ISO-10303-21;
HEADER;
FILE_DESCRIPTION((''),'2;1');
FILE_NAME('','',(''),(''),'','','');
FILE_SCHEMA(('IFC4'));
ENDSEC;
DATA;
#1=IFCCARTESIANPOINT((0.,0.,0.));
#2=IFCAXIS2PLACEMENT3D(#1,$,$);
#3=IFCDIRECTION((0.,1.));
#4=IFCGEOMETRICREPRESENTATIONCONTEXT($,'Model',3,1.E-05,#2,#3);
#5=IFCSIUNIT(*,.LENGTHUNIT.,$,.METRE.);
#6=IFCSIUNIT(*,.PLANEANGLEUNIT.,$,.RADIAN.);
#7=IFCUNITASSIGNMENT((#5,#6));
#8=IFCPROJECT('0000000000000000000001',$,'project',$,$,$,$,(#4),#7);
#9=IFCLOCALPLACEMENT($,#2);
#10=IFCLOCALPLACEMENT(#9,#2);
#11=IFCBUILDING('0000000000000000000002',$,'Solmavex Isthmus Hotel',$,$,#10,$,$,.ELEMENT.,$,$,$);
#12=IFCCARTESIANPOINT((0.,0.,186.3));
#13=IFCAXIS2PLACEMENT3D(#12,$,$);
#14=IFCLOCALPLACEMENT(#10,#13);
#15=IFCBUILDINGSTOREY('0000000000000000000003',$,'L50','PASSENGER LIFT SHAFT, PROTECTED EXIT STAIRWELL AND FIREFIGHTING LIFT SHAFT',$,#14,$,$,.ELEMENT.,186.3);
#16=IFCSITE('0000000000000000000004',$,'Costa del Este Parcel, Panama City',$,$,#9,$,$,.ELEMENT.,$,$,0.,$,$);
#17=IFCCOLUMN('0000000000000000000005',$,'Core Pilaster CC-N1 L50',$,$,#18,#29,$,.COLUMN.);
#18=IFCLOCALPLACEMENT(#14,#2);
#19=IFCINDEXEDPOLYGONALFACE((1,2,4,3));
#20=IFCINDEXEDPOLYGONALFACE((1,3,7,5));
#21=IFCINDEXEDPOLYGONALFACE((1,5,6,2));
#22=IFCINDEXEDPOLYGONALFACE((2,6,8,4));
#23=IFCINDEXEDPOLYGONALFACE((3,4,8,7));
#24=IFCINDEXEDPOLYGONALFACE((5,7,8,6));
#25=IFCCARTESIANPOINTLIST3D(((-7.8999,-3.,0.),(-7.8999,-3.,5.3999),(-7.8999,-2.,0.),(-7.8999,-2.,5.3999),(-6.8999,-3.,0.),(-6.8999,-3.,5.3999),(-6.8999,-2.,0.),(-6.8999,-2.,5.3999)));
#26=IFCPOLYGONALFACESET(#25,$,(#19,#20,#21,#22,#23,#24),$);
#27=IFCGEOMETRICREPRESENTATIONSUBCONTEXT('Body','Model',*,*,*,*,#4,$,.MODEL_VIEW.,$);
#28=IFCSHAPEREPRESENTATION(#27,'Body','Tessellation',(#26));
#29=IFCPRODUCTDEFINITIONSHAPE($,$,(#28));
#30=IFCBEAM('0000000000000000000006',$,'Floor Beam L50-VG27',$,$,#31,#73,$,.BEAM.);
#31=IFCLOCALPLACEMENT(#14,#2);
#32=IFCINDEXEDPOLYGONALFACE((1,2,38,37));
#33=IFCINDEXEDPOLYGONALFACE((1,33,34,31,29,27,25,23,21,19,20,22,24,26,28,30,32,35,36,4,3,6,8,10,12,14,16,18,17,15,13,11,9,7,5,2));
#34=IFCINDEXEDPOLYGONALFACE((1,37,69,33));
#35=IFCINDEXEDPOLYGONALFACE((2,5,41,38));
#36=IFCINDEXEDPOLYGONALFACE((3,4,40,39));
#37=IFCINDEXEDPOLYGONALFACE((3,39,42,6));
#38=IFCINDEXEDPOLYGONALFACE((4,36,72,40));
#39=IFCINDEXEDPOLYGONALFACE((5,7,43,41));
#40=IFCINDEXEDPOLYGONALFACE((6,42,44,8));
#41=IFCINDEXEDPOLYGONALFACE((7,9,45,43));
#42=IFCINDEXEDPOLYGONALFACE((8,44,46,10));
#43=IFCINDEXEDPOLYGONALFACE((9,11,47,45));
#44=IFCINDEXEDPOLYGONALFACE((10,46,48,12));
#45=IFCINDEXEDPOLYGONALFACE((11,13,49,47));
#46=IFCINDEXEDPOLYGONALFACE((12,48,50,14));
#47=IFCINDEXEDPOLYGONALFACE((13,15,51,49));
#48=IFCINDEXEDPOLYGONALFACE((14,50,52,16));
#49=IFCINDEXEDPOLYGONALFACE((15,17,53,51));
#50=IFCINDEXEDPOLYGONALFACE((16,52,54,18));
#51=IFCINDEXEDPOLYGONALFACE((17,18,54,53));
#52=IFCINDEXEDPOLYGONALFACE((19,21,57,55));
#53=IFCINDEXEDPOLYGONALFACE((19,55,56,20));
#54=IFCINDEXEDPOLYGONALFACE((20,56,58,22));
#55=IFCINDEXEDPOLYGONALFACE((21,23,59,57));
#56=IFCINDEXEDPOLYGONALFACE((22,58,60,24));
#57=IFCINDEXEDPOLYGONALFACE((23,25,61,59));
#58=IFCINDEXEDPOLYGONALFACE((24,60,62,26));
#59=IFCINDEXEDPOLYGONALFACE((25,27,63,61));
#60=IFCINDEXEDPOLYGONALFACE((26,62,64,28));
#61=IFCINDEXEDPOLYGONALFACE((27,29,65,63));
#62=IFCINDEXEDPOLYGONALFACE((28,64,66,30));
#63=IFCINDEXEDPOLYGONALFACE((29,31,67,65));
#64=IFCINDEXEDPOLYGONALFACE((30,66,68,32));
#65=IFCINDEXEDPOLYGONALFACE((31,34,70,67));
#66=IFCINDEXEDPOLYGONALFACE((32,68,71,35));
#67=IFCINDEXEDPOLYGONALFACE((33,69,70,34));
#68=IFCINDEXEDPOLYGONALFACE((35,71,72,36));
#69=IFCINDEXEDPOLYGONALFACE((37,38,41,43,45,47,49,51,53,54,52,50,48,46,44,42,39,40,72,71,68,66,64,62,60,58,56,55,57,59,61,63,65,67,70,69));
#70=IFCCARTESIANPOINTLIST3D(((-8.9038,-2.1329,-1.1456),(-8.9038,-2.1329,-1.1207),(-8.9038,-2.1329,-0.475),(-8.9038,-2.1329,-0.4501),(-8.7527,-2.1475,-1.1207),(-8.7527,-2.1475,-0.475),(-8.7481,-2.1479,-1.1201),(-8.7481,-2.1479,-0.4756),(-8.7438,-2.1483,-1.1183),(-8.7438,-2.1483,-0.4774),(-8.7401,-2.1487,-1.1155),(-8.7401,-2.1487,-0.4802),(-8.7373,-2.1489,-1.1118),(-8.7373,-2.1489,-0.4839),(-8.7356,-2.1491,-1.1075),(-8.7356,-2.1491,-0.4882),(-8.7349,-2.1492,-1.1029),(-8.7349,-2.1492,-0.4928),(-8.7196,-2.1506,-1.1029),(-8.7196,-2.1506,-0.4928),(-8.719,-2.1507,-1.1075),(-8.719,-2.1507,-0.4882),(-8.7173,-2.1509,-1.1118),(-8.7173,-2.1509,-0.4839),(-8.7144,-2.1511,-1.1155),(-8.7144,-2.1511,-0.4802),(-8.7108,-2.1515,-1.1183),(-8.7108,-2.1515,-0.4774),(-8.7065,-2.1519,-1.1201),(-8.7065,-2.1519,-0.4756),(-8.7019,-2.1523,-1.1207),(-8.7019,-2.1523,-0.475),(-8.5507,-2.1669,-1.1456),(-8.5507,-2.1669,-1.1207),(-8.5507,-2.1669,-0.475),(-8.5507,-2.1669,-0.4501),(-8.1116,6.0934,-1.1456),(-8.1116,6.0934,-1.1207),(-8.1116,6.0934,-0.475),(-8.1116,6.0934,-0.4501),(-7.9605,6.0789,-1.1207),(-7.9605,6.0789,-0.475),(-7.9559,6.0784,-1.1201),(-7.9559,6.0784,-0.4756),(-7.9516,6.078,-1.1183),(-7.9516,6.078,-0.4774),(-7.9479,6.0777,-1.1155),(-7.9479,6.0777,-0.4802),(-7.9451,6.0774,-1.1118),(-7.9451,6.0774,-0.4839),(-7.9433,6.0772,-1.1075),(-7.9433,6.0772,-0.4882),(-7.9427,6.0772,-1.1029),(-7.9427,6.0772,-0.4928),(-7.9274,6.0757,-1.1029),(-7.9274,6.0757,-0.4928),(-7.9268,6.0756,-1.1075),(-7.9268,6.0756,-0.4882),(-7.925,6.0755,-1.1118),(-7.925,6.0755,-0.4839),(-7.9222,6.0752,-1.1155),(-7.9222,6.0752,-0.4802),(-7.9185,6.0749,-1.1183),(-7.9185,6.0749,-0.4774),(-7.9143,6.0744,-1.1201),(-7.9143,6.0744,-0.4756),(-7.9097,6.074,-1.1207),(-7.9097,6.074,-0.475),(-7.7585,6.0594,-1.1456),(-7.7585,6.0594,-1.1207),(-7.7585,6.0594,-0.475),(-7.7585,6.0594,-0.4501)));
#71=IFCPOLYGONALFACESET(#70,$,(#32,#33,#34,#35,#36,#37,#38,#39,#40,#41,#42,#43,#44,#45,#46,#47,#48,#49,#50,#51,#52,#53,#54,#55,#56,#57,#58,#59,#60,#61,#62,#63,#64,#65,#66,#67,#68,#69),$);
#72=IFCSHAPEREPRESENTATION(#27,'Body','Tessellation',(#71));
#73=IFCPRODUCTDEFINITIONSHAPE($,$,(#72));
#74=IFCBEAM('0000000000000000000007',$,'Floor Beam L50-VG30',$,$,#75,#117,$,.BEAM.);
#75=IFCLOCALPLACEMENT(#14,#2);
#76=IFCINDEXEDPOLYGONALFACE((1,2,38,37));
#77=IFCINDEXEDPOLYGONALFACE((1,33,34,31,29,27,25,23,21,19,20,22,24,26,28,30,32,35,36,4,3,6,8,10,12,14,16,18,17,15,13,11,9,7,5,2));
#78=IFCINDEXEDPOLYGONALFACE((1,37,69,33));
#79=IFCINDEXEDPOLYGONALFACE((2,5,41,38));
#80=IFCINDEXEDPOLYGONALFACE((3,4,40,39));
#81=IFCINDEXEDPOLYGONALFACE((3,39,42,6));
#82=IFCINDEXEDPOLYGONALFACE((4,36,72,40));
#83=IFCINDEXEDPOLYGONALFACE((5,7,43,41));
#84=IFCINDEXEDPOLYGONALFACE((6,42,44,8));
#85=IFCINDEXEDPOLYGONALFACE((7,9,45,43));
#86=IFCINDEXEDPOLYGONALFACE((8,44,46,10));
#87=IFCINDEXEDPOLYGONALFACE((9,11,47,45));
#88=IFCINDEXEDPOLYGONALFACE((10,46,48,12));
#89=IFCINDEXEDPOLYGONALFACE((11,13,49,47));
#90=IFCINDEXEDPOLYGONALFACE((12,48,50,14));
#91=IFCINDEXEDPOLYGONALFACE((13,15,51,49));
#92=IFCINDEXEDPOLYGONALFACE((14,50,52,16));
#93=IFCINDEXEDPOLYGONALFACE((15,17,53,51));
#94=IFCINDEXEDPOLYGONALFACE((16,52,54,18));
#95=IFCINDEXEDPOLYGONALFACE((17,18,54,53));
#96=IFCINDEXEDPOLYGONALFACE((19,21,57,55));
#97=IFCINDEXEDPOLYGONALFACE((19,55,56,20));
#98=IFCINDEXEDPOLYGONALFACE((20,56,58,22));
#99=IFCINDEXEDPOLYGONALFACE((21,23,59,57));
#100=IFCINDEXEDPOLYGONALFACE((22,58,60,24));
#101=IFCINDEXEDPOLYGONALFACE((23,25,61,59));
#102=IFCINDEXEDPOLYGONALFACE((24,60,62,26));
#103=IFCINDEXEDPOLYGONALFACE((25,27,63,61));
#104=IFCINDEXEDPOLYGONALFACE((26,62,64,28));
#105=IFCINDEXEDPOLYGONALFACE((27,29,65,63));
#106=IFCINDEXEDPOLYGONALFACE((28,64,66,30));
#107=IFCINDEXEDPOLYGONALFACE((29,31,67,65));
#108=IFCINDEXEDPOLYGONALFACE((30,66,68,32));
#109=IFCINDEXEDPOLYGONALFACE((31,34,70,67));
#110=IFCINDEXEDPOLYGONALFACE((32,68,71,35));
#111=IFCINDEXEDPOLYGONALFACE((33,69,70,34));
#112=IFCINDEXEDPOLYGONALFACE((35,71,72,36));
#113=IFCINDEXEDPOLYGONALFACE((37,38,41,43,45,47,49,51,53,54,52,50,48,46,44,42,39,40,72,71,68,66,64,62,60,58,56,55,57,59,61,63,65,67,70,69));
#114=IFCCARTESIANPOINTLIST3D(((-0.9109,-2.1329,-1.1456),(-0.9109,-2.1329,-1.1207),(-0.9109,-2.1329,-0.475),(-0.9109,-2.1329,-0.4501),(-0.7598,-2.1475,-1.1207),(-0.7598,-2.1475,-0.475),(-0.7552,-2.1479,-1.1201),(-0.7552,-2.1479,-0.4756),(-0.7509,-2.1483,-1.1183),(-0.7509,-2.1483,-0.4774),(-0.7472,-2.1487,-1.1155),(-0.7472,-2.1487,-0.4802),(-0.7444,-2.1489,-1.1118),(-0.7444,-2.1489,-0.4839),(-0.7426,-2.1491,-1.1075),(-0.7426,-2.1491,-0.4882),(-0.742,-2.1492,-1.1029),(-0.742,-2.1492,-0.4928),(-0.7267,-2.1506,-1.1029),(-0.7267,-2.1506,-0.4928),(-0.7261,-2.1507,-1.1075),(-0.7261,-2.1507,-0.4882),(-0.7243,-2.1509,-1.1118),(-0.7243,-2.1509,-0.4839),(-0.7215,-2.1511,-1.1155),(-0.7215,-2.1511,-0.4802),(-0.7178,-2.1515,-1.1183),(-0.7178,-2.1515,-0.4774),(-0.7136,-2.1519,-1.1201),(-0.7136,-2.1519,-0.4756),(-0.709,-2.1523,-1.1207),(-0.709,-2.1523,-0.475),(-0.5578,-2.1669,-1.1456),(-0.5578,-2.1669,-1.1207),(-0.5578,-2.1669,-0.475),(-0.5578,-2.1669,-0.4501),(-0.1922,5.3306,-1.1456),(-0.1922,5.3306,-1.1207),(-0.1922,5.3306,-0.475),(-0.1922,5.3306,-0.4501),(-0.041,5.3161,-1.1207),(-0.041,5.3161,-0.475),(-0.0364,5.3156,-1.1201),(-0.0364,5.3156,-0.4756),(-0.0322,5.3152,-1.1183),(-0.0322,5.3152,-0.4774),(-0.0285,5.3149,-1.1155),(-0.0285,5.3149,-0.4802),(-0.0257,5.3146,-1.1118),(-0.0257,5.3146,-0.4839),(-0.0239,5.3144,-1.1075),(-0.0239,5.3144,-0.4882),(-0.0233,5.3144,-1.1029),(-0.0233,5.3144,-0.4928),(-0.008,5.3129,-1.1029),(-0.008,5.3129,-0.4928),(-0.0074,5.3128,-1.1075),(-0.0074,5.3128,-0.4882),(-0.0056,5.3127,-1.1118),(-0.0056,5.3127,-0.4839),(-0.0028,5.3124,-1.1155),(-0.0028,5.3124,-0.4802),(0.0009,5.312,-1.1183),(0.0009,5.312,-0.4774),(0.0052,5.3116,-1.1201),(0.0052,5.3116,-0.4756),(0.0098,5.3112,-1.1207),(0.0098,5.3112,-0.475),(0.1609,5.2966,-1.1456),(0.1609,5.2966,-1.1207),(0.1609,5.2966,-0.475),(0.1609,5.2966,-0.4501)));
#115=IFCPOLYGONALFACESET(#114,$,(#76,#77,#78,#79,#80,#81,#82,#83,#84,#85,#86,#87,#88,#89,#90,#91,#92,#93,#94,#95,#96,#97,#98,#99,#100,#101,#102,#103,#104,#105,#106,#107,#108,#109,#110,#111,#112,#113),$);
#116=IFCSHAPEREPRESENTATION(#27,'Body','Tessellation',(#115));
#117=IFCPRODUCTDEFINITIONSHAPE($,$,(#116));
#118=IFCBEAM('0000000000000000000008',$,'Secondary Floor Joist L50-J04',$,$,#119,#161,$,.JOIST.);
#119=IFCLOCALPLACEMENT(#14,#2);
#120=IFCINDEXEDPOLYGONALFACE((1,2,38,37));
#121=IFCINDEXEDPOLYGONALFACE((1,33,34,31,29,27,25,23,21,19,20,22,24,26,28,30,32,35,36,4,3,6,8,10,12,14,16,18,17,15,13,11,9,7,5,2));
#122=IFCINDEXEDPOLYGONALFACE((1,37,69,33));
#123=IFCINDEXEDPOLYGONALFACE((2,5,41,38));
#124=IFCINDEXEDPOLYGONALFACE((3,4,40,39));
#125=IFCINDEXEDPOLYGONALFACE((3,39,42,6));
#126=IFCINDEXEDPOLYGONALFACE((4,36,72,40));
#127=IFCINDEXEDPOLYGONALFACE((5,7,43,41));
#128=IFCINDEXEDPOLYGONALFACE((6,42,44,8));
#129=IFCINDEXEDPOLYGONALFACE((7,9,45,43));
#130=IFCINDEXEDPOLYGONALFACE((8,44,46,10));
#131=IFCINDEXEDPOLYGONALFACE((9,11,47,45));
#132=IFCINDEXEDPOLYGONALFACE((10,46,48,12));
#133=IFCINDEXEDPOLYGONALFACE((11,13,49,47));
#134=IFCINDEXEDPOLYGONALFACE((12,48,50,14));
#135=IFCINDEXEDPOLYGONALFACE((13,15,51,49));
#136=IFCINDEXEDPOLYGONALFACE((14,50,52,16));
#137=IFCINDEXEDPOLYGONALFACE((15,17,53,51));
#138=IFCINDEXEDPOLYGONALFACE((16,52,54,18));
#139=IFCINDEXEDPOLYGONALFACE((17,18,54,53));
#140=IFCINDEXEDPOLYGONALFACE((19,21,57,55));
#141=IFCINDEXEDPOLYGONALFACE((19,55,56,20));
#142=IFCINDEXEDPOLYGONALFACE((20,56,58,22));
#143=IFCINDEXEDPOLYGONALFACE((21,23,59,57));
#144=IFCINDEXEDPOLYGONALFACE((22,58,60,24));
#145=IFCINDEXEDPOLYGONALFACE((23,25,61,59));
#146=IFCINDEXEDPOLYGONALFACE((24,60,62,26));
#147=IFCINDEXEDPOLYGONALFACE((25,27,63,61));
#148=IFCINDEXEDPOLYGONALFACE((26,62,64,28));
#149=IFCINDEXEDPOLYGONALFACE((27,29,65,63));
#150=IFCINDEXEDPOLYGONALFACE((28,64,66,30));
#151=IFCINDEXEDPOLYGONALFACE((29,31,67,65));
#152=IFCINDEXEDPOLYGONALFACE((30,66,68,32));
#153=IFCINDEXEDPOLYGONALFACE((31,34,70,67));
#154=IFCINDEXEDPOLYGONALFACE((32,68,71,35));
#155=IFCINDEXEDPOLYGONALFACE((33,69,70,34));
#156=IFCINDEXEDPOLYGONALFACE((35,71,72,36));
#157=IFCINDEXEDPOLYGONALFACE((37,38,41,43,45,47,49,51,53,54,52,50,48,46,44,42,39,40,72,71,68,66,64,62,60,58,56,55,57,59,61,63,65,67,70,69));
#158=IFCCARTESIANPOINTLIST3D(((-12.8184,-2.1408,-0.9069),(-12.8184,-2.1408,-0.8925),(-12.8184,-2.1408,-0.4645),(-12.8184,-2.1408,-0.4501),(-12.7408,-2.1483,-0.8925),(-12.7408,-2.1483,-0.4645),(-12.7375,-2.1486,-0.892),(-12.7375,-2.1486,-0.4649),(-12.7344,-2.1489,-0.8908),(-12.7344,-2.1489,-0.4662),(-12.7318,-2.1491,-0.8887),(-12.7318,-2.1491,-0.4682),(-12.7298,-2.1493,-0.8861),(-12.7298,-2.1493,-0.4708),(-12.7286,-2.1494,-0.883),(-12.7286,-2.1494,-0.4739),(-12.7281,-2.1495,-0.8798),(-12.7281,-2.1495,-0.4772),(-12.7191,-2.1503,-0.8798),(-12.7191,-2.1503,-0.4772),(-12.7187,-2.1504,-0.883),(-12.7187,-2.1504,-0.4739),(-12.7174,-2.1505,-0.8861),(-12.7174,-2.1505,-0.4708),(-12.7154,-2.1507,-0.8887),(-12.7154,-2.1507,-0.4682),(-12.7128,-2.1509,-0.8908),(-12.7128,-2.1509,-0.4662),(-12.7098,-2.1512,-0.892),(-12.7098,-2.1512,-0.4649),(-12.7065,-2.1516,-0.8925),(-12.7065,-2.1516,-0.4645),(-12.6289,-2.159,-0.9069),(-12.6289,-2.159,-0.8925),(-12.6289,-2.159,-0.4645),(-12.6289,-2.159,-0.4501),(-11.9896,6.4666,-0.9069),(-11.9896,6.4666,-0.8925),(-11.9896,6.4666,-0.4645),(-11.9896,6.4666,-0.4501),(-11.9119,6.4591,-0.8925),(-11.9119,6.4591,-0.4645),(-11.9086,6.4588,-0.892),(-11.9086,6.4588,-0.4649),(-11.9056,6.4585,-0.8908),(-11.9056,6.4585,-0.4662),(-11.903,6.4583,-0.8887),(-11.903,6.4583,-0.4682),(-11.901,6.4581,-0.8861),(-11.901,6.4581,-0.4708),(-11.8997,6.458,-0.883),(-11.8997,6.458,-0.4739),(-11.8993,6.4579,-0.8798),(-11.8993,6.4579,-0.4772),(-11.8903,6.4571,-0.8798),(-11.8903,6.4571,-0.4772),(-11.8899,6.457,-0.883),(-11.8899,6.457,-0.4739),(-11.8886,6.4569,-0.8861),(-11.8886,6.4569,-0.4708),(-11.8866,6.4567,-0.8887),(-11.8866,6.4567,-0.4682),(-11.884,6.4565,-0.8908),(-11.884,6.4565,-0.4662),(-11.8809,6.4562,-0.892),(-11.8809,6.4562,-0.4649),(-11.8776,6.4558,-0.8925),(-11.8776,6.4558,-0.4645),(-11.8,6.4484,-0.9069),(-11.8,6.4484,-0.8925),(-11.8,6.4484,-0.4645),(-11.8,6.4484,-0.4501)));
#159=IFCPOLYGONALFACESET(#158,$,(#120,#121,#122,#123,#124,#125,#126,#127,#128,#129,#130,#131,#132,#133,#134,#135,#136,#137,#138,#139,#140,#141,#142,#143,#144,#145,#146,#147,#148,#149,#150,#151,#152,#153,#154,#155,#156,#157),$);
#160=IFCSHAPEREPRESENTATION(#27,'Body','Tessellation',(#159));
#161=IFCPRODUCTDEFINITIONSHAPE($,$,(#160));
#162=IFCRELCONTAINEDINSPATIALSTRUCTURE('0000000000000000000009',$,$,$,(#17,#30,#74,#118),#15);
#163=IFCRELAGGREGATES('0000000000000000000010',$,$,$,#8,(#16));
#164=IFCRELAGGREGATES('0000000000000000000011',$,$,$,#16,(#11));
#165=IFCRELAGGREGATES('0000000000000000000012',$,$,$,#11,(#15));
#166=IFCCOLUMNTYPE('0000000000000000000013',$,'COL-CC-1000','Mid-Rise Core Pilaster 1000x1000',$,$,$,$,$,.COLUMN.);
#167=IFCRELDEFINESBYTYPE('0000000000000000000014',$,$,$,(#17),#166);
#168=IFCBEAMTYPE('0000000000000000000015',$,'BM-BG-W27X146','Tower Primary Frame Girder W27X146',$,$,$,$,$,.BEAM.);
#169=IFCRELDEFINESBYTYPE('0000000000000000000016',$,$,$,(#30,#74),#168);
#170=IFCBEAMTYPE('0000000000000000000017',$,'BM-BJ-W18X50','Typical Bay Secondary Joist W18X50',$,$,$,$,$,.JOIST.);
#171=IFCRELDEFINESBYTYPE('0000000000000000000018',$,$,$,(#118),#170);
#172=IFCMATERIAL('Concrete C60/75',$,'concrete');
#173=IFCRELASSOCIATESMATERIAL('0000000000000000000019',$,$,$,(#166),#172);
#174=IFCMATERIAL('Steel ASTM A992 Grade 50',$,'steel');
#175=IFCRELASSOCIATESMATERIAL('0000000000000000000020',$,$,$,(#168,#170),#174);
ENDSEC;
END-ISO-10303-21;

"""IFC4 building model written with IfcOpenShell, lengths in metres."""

from ifc_helpers import new_model, si_unit, direction, frame, origin, origin_2d, place, context, subcontext, project, spatial, rectangle, i_section, extrude, material, material_profile, profile_set, type_object, element, save


model = new_model("IFC4")

# Units and contexts
model_context = context("Model", 3, precision=1e-05, world=origin(), true_north=direction((0.0, 1.0)))
body_context = subcontext(model_context, "Body", "Model", "MODEL_VIEW")
ifc_project = project(units=[si_unit("LENGTHUNIT", "METRE"), si_unit("PLANEANGLEUNIT", "RADIAN")], contexts=[model_context])

# Site, building, storey
site_placement = place(None, origin())
site = spatial("IfcSite", under=ifc_project, at=site_placement, Name="Costa del Este Parcel, Panama City", CompositionType="ELEMENT", RefElevation=0.0)
building_placement = place(site_placement, origin())
building = spatial("IfcBuilding", under=site, at=building_placement, Name="Solmavex Isthmus Hotel", CompositionType="ELEMENT")
storey_placement = place(building_placement, frame((0.0, 0.0, 186.3)))
storey = spatial("IfcBuildingStorey", under=building, at=storey_placement, Name="L50", Description="PASSENGER LIFT SHAFT, PROTECTED EXIT STAIRWELL AND FIREFIGHTING LIFT SHAFT", CompositionType="ELEMENT", Elevation=186.3)

# Column
ifc_material_1 = material(Name="Concrete C60/75", Category="concrete")
ifc_material_profile_1 = material_profile(ifc_material_1, rectangle(XDim=1.0, YDim=1.0, at=origin_2d()), Name="RC1000X1000")
ifc_profile_set_1 = profile_set([ifc_material_profile_1], Name="Concrete C60/75")
column_type = type_object("IfcColumnType", Name="COL-CC-1000", Description="Mid-Rise Core Pilaster 1000x1000", PredefinedType="COLUMN", material=ifc_profile_set_1)
column_placement = place(storey_placement, frame((-7.3999, -2.5, 0.0), z_axis=(0.0, 0.0, 1.0), x_axis=(1.0, 0.0, 0.0)))
element("IfcColumn", 1, at=column_placement, inside=storey, type_object=column_type, Name="Core Pilaster CC-N1 L50", PredefinedType="COLUMN", context=body_context, shape_type="SweptSolid", body=[
    extrude(rectangle(XDim=1.0, YDim=1.0, at=origin_2d()), origin(), (0.0, 0.0, 1.0), 5.3999),
])

# Beams
ifc_material_2 = material(Name="Steel ASTM A992 Grade 50", Category="steel")
ifc_material_profile_2 = material_profile(ifc_material_2, i_section(OverallWidth=0.3547, OverallDepth=0.6956, WebThickness=0.0154, FlangeThickness=0.0249, FilletRadius=0.0178, at=origin_2d()), Name="W27X146")
ifc_profile_set_2 = profile_set([ifc_material_profile_2], Name="Steel ASTM A992 Grade 50")
beam_type_1 = type_object("IfcBeamType", Name="BM-BG-W27X146", Description="Tower Primary Frame Girder W27X146", PredefinedType="BEAM", material=ifc_profile_set_2)
beam_1_placement = place(storey_placement, frame((-8.7273, -2.1499, -0.7979), z_axis=(0.095862, 0.995395, 0.0), x_axis=(-0.995395, 0.095862, 0.0)))
element("IfcBeam", 2, at=beam_1_placement, inside=storey, type_object=beam_type_1, Name="Floor Beam L50-VG27", PredefinedType="BEAM", context=body_context, shape_type="SweptSolid", body=[
    extrude(i_section(OverallWidth=0.3547, OverallDepth=0.6956, WebThickness=0.0154, FlangeThickness=0.0249, FilletRadius=0.0178, at=origin_2d()), origin(), (0.0, 0.0, 1.0), 8.2644),
])
beam_2_placement = place(storey_placement, frame((-0.7344, -2.1499, -0.7979), z_axis=(0.095857, 0.995395, 0.0), x_axis=(-0.995395, 0.095857, 0.0)))
element("IfcBeam", 3, at=beam_2_placement, inside=storey, type_object=beam_type_1, Name="Floor Beam L50-VG30", PredefinedType="BEAM", context=body_context, shape_type="SweptSolid", body=[
    extrude(i_section(OverallWidth=0.3547, OverallDepth=0.6956, WebThickness=0.0154, FlangeThickness=0.0249, FilletRadius=0.0178, at=origin_2d()), origin(), (0.0, 0.0, 1.0), 7.498),
])
ifc_material_profile_3 = material_profile(ifc_material_2, i_section(OverallWidth=0.1904, OverallDepth=0.4568, WebThickness=0.009, FlangeThickness=0.0144, FilletRadius=0.0127, at=origin_2d()), Name="W18X50")
ifc_profile_set_3 = profile_set([ifc_material_profile_3], Name="Steel ASTM A992 Grade 50")
beam_type_2 = type_object("IfcBeamType", Name="BM-BJ-W18X50", Description="Typical Bay Secondary Joist W18X50", PredefinedType="JOIST", material=ifc_profile_set_3)
beam_3_placement = place(storey_placement, frame((-12.7236, -2.1499, -0.6785), z_axis=(0.095852, 0.995396, 0.0), x_axis=(-0.995396, 0.095852, 0.0)))
element("IfcBeam", 4, at=beam_3_placement, inside=storey, type_object=beam_type_2, Name="Secondary Floor Joist L50-J04", PredefinedType="JOIST", context=body_context, shape_type="SweptSolid", body=[
    extrude(i_section(OverallWidth=0.1904, OverallDepth=0.4568, WebThickness=0.009, FlangeThickness=0.0144, FilletRadius=0.0127, at=origin_2d()), origin(), (0.0, 0.0, 1.0), 8.6472),
])

save(model, "model.ifc")
